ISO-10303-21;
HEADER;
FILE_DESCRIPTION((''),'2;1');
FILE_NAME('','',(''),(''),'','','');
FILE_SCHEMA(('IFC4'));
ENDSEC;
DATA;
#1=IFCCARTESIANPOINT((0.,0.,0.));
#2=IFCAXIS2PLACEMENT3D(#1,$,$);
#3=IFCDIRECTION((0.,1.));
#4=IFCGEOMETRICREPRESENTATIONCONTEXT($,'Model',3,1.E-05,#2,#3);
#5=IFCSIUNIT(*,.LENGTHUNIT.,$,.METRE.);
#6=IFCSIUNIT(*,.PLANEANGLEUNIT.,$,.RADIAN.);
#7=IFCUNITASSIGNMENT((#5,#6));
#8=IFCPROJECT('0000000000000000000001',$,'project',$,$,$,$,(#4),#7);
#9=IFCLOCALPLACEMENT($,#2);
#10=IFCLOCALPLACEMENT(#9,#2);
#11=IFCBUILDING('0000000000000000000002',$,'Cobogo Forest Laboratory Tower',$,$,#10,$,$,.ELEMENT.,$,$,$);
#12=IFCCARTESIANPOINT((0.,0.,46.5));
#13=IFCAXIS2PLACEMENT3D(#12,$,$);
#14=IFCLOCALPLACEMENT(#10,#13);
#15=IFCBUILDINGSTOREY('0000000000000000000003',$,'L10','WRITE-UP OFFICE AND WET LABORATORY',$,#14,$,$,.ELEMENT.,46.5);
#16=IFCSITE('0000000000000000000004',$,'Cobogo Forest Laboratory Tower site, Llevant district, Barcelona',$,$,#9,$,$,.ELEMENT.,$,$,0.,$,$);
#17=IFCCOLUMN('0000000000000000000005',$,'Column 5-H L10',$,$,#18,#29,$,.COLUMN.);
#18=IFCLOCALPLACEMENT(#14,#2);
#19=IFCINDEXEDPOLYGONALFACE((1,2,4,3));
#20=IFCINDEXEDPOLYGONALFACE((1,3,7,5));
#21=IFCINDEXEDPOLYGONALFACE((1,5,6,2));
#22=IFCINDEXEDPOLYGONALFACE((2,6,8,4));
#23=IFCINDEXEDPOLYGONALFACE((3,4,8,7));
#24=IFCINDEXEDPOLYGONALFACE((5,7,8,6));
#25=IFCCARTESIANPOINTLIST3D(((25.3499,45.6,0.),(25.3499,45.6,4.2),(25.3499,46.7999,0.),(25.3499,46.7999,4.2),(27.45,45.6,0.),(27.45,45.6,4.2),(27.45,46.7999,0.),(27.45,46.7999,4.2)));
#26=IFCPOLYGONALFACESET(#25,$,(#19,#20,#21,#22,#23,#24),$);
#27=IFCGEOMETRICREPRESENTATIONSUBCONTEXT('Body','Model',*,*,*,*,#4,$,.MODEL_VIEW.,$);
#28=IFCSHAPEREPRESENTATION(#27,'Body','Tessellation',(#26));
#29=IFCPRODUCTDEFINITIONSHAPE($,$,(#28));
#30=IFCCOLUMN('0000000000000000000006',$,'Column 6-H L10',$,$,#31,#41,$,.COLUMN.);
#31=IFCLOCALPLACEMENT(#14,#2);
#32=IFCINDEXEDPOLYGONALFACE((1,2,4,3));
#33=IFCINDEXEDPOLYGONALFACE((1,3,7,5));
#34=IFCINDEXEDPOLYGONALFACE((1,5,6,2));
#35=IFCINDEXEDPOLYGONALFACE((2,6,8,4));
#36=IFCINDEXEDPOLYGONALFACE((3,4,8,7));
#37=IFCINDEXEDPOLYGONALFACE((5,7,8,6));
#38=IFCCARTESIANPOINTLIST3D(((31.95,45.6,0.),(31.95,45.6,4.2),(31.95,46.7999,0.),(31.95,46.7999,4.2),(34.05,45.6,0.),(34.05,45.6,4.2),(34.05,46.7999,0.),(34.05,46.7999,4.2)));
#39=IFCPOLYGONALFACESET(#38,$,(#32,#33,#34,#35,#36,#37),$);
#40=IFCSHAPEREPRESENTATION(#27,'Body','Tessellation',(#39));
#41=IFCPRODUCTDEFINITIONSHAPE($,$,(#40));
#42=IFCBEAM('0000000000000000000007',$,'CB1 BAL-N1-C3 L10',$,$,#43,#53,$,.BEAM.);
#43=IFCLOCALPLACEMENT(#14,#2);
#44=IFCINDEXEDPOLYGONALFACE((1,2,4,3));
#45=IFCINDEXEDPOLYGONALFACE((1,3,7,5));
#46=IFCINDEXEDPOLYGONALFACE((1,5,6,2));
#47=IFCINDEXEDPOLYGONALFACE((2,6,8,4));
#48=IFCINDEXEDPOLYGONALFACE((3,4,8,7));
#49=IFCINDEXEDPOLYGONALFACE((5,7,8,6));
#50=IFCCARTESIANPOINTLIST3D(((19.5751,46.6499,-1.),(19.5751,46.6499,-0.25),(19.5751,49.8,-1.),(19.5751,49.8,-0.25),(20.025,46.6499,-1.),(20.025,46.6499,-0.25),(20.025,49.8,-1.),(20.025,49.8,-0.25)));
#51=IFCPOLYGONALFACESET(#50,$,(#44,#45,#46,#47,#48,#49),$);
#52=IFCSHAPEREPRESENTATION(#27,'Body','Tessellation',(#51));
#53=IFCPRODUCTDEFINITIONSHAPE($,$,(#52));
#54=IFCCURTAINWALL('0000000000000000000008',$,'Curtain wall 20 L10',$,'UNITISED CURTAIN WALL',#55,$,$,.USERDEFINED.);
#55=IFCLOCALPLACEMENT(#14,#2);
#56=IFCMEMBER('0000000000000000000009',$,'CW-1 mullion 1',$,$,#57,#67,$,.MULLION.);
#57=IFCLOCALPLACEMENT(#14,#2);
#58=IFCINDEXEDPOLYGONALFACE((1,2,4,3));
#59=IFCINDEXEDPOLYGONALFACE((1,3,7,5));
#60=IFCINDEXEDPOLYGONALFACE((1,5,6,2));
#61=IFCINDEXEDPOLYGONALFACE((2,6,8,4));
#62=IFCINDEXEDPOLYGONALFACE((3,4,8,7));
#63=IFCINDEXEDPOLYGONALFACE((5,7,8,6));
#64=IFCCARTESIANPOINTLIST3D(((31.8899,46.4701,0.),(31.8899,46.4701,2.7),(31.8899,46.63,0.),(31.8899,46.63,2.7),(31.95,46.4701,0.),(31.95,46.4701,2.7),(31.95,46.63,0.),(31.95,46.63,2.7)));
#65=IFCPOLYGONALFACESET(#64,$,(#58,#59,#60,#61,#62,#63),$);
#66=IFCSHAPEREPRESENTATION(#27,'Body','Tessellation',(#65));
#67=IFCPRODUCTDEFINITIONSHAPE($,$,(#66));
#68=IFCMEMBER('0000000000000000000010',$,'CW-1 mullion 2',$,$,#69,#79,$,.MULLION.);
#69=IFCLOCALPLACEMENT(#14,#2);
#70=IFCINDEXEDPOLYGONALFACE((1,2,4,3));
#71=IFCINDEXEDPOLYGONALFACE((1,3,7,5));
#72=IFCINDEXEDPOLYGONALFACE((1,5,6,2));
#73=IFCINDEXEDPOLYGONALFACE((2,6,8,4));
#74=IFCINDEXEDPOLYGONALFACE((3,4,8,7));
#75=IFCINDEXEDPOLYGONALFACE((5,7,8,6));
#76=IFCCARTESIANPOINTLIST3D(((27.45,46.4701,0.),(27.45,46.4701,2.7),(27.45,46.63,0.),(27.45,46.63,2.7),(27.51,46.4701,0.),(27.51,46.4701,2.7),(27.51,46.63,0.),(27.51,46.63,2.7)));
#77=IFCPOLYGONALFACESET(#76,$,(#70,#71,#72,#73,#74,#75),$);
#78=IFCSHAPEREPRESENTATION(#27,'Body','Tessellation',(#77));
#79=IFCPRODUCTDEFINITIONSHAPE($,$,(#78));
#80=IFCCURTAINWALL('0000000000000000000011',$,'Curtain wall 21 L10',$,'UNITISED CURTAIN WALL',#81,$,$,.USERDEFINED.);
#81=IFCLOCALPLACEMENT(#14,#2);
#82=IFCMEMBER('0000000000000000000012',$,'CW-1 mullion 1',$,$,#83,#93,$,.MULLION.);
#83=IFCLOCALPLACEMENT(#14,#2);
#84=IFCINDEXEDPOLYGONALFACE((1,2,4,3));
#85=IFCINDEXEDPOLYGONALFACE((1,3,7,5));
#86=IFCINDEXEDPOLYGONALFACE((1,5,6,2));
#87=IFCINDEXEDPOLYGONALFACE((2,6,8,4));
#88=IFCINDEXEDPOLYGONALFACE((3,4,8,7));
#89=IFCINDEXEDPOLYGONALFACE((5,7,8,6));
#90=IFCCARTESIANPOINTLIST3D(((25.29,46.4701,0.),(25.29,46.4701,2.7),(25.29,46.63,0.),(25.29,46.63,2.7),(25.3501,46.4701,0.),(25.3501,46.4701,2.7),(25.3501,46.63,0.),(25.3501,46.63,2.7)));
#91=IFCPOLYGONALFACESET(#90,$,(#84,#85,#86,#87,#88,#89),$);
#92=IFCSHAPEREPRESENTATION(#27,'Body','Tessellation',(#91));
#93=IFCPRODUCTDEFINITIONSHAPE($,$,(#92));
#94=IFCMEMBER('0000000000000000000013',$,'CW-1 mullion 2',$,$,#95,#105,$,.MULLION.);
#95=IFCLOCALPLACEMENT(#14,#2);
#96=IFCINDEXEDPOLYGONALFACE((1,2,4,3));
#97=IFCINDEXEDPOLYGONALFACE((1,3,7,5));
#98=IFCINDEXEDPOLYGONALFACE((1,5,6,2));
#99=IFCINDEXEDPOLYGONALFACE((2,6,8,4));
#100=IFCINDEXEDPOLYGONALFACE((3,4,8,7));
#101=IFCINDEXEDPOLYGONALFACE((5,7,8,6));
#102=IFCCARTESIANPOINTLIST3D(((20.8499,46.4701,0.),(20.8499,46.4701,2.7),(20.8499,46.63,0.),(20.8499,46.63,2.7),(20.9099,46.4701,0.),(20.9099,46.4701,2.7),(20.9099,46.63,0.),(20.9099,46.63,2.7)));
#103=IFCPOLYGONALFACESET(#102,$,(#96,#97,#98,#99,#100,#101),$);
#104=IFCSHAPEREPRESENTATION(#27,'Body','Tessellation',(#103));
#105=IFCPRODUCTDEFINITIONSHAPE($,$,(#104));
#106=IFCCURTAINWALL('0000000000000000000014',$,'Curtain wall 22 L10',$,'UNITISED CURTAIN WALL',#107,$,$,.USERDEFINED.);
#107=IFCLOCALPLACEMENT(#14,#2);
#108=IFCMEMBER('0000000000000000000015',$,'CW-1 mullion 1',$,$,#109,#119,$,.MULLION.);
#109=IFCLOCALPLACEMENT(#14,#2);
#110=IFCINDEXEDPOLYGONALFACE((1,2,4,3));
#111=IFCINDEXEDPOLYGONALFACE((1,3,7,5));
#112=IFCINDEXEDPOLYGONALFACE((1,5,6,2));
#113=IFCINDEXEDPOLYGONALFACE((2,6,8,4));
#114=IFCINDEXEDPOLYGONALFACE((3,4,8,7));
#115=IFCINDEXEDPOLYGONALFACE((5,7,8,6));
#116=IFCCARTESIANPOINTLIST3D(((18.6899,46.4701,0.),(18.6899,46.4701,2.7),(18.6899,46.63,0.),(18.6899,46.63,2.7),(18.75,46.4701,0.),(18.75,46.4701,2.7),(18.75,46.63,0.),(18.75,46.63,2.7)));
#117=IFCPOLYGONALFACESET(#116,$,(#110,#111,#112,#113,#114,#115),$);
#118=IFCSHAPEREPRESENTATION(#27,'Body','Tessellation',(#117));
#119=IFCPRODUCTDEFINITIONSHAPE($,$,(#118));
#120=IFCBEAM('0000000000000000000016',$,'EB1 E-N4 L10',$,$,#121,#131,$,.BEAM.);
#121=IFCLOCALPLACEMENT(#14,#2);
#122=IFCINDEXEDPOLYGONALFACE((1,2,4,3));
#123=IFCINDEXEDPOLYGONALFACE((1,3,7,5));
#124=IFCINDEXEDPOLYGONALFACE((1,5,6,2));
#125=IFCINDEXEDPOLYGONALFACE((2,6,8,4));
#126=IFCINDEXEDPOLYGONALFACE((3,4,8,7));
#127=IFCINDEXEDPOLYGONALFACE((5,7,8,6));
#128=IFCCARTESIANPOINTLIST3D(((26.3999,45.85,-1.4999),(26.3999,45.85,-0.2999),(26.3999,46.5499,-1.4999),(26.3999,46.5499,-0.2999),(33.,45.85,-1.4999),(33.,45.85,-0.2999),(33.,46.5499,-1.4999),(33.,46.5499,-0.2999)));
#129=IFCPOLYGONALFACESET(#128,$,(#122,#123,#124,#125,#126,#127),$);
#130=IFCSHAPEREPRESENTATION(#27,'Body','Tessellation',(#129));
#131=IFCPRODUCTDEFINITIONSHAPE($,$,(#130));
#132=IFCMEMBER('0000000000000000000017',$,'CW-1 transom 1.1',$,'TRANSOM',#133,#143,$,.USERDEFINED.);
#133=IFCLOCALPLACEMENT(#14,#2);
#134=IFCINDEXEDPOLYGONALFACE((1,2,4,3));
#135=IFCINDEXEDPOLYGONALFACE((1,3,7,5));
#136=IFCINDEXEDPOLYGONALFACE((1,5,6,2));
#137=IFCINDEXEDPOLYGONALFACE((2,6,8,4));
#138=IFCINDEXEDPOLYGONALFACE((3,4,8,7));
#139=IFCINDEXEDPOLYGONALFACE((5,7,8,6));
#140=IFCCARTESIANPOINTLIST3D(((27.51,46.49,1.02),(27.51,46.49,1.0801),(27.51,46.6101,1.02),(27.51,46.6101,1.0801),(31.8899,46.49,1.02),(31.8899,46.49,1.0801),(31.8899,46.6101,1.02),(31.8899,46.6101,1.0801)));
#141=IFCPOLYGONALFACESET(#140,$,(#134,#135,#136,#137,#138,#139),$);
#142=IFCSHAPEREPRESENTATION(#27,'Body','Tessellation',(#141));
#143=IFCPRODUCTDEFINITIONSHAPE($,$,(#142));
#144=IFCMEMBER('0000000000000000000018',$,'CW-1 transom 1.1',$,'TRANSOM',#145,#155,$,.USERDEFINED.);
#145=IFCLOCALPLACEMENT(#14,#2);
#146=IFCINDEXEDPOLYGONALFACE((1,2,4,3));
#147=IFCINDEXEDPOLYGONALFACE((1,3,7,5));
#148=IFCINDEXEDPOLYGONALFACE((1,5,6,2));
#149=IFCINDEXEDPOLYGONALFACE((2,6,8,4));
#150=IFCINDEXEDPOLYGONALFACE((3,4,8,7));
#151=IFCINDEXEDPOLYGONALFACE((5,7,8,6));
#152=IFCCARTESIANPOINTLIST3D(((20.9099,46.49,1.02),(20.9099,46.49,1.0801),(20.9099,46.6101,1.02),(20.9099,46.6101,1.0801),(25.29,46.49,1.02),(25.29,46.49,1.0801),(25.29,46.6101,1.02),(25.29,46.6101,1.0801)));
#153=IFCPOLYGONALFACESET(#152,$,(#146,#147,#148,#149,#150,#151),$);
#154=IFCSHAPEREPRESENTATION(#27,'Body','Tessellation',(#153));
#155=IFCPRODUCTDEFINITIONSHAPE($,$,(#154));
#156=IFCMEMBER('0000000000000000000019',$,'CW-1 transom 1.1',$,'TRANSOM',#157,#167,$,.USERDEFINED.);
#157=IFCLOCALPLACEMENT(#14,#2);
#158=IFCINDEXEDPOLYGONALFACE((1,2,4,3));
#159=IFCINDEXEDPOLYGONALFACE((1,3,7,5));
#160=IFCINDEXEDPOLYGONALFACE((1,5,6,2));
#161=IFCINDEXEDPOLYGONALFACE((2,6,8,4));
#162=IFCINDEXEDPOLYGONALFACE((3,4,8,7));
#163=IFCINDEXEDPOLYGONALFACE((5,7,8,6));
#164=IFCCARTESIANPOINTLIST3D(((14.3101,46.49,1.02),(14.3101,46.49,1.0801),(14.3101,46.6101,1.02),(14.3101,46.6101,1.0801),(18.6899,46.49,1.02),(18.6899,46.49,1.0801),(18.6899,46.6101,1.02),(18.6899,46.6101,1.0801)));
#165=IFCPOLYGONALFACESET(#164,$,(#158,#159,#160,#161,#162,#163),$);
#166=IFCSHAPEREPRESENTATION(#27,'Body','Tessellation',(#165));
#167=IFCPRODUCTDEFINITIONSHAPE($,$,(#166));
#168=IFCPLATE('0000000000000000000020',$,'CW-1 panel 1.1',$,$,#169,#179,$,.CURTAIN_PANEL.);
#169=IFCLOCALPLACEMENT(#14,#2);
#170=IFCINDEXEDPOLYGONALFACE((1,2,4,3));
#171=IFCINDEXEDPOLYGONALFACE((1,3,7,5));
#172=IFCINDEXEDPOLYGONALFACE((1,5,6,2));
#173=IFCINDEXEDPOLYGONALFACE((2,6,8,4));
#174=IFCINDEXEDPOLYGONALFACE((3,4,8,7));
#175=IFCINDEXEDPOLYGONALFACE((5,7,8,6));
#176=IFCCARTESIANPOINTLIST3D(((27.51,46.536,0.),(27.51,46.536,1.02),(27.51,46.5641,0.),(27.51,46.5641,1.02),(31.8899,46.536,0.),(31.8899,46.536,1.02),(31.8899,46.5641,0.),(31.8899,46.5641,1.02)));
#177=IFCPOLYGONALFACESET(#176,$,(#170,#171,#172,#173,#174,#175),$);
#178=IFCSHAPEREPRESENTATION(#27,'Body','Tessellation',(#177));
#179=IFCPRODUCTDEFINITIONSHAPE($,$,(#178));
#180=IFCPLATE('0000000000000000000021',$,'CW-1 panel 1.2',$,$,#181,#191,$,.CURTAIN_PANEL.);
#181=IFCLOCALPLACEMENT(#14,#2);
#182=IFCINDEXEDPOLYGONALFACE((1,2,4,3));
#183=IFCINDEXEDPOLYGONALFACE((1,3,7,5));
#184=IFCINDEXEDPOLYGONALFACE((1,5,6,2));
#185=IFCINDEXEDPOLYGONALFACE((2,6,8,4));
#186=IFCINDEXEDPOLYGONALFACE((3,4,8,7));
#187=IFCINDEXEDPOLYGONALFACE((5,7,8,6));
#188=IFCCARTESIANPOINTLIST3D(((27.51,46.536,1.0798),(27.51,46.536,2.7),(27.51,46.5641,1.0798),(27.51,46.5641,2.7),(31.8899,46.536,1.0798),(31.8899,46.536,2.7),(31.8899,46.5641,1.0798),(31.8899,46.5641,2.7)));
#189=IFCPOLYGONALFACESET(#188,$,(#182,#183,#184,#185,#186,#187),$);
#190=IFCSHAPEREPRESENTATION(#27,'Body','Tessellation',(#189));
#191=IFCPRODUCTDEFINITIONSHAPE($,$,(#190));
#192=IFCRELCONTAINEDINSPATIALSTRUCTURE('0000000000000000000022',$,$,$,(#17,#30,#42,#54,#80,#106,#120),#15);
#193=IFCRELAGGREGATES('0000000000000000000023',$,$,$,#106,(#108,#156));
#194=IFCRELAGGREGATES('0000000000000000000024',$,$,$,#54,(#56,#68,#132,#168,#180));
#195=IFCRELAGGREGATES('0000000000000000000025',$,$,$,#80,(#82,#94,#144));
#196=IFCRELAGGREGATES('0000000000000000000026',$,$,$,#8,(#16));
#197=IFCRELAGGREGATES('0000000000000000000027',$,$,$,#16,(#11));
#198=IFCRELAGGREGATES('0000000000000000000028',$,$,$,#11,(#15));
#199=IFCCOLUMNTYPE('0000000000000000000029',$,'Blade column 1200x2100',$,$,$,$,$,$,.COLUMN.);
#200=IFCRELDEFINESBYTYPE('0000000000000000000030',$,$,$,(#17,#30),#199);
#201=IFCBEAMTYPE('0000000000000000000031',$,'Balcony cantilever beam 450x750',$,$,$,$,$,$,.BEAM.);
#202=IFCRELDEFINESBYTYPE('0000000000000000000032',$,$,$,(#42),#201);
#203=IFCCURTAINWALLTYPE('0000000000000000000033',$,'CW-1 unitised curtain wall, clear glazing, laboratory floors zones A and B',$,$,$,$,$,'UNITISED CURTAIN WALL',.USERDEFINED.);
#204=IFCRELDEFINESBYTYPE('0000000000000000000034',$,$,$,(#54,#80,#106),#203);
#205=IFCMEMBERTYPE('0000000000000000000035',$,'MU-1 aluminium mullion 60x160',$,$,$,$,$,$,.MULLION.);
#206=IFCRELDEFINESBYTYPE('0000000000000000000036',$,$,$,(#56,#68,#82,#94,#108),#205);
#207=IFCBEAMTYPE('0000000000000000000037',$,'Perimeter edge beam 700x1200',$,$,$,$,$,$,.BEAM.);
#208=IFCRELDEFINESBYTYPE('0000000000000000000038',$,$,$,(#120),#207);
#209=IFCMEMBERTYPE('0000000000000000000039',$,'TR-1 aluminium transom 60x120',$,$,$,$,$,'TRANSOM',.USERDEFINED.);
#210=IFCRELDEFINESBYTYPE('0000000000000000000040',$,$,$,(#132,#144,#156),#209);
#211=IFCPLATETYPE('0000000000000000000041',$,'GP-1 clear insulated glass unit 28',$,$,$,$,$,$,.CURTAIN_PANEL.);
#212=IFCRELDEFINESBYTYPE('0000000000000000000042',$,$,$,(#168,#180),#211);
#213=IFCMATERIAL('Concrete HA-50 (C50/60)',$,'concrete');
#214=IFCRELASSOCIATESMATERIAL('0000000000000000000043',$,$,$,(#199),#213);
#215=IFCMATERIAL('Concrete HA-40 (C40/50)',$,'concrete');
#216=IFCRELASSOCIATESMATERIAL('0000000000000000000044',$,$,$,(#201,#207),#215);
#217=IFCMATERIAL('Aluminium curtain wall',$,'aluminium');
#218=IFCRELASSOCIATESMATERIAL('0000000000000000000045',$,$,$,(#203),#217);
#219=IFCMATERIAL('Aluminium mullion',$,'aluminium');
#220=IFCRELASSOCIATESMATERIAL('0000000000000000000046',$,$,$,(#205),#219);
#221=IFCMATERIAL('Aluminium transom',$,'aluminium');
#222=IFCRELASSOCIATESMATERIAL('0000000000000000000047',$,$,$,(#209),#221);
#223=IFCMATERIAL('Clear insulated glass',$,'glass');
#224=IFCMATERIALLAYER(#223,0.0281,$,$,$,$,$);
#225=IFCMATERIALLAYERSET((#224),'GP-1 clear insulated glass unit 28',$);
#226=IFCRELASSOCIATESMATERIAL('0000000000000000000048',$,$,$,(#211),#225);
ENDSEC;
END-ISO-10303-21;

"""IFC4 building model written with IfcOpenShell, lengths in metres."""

from ifc_helpers import new_model, si_unit, direction, frame, origin, origin_2d, place, context, subcontext, project, spatial, rectangle, extrude, material, layer, layer_set, material_profile, profile_set, type_object, element, aggregate, save


model = new_model("IFC4")

# Units and contexts
model_context = context("Model", 3, precision=1e-05, world=origin(), true_north=direction((0.0, 1.0)))
body_context = subcontext(model_context, "Body", "Model", "MODEL_VIEW")
ifc_project = project(units=[si_unit("LENGTHUNIT", "METRE"), si_unit("PLANEANGLEUNIT", "RADIAN")], contexts=[model_context])

# Site, building, storey
site_placement = place(None, origin())
site = spatial("IfcSite", under=ifc_project, at=site_placement, Name="Cobogo Forest Laboratory Tower site, Llevant district, Barcelona", CompositionType="ELEMENT", RefElevation=0.0)
building_placement = place(site_placement, origin())
building = spatial("IfcBuilding", under=site, at=building_placement, Name="Cobogo Forest Laboratory Tower", CompositionType="ELEMENT")
storey_placement = place(building_placement, frame((0.0, 0.0, 46.5)))
storey = spatial("IfcBuildingStorey", under=building, at=storey_placement, Name="L10", Description="WRITE-UP OFFICE AND WET LABORATORY", CompositionType="ELEMENT", Elevation=46.5)

# Columns
ifc_material_1 = material(Name="Concrete HA-50 (C50/60)", Category="concrete")
ifc_material_profile_1 = material_profile(ifc_material_1, rectangle(XDim=2.1001, YDim=1.2, at=origin_2d()), Name="RC 1200x2100")
ifc_profile_set_1 = profile_set([ifc_material_profile_1], Name="Concrete HA-50 (C50/60)")
column_type = type_object("IfcColumnType", Name="Blade column 1200x2100", PredefinedType="COLUMN", material=ifc_profile_set_1)
for number, where, z_axis, x_axis, name in (
    (1, (26.3999, 46.2, 0.0), (0.0, 0.0, 1.0), (1.0, 0.0, 0.0), "Column 5-H L10"),
    (2, (33.0, 46.2, 0.0), (0.0, 0.0, 1.0), (1.0, 0.0, 0.0), "Column 6-H L10"),
):
    element("IfcColumn", number, at=place(storey_placement, frame(where, z_axis=z_axis, x_axis=x_axis)), inside=storey, type_object=column_type, Name=name, PredefinedType="COLUMN", context=body_context, shape_type="SweptSolid", body=[
        extrude(rectangle(XDim=2.1001, YDim=1.2, at=origin_2d()), origin(), (0.0, 0.0, 1.0), 4.2),
    ])

# Beam
ifc_material_2 = material(Name="Concrete HA-40 (C40/50)", Category="concrete")
ifc_material_profile_2 = material_profile(ifc_material_2, rectangle(XDim=0.45, YDim=0.75, at=origin_2d()), Name="RC 450x750")
ifc_profile_set_2 = profile_set([ifc_material_profile_2], Name="Concrete HA-40 (C40/50)")
beam_type_1 = type_object("IfcBeamType", Name="Balcony cantilever beam 450x750", PredefinedType="BEAM", material=ifc_profile_set_2)
beam_1_placement = place(storey_placement, frame((19.8, 46.6499, -0.625), z_axis=(0.0, 1.0, 0.0), x_axis=(-1.0, 0.0, 0.0)))
element("IfcBeam", 3, at=beam_1_placement, inside=storey, type_object=beam_type_1, Name="CB1 BAL-N1-C3 L10", PredefinedType="BEAM", context=body_context, shape_type="SweptSolid", body=[
    extrude(rectangle(XDim=0.45, YDim=0.75, at=origin_2d()), origin(), (0.0, 0.0, 1.0), 3.1501),
])

# Curtain walls, members
ifc_material_3 = material(Name="Aluminium curtain wall", Category="aluminium")
curtain_wall_type = type_object("IfcCurtainWallType", Name="CW-1 unitised curtain wall, clear glazing, laboratory floors zones A and B", ElementType="UNITISED CURTAIN WALL", PredefinedType="USERDEFINED", material=ifc_material_3)
curtain_wall_1_placement = place(storey_placement, origin())
curtain_wall_1 = element("IfcCurtainWall", 4, at=curtain_wall_1_placement, inside=storey, type_object=curtain_wall_type, Name="Curtain wall 20 L10", ObjectType="UNITISED CURTAIN WALL", PredefinedType="USERDEFINED")
ifc_material_4 = material(Name="Aluminium mullion", Category="aluminium")
ifc_material_profile_3 = material_profile(ifc_material_4, rectangle(XDim=0.0601, YDim=0.1599, at=origin_2d()), Name="AL 60x160")
ifc_profile_set_3 = profile_set([ifc_material_profile_3], Name="Aluminium mullion")
member_type_1 = type_object("IfcMemberType", Name="MU-1 aluminium mullion 60x160", PredefinedType="MULLION", material=ifc_profile_set_3)
member_1_placement = place(storey_placement, frame((31.9199, 46.55, 0.0), z_axis=(0.0, 0.0, 1.0), x_axis=(-1.0, 0.0, 0.0)))
member_1 = element("IfcMember", 5, at=member_1_placement, type_object=member_type_1, Name="CW-1 mullion 1", PredefinedType="MULLION", context=body_context, shape_type="SweptSolid", body=[
    extrude(rectangle(XDim=0.0601, YDim=0.1599, at=origin_2d()), origin(), (0.0, 0.0, 1.0), 2.7),
])
member_2_placement = place(storey_placement, frame((27.48, 46.55, 0.0), z_axis=(0.0, 0.0, 1.0), x_axis=(-1.0, 0.0, 0.0)))
member_2 = element("IfcMember", 6, at=member_2_placement, type_object=member_type_1, Name="CW-1 mullion 2", PredefinedType="MULLION", context=body_context, shape_type="SweptSolid", body=[
    extrude(rectangle(XDim=0.0601, YDim=0.1599, at=origin_2d()), origin(), (0.0, 0.0, 1.0), 2.7),
])
curtain_wall_2_placement = place(storey_placement, origin())
curtain_wall_2 = element("IfcCurtainWall", 7, at=curtain_wall_2_placement, inside=storey, type_object=curtain_wall_type, Name="Curtain wall 21 L10", ObjectType="UNITISED CURTAIN WALL", PredefinedType="USERDEFINED")
member_3_placement = place(storey_placement, frame((25.3201, 46.55, 0.0), z_axis=(0.0, 0.0, 1.0), x_axis=(-1.0, 0.0, 0.0)))
member_3 = element("IfcMember", 8, at=member_3_placement, type_object=member_type_1, Name="CW-1 mullion 1", PredefinedType="MULLION", context=body_context, shape_type="SweptSolid", body=[
    extrude(rectangle(XDim=0.0601, YDim=0.1599, at=origin_2d()), origin(), (0.0, 0.0, 1.0), 2.7),
])
member_4_placement = place(storey_placement, frame((20.8799, 46.55, 0.0), z_axis=(0.0, 0.0, 1.0), x_axis=(-1.0, 0.0, 0.0)))
member_4 = element("IfcMember", 9, at=member_4_placement, type_object=member_type_1, Name="CW-1 mullion 2", PredefinedType="MULLION", context=body_context, shape_type="SweptSolid", body=[
    extrude(rectangle(XDim=0.0601, YDim=0.1599, at=origin_2d()), origin(), (0.0, 0.0, 1.0), 2.7),
])

# Curtain wall, member
curtain_wall_3_placement = place(storey_placement, origin())
curtain_wall_3 = element("IfcCurtainWall", 10, at=curtain_wall_3_placement, inside=storey, type_object=curtain_wall_type, Name="Curtain wall 22 L10", ObjectType="UNITISED CURTAIN WALL", PredefinedType="USERDEFINED")
member_5_placement = place(storey_placement, frame((18.72, 46.55, 0.0), z_axis=(0.0, 0.0, 1.0), x_axis=(-1.0, 0.0, 0.0)))
member_5 = element("IfcMember", 11, at=member_5_placement, type_object=member_type_1, Name="CW-1 mullion 1", PredefinedType="MULLION", context=body_context, shape_type="SweptSolid", body=[
    extrude(rectangle(XDim=0.0601, YDim=0.1599, at=origin_2d()), origin(), (0.0, 0.0, 1.0), 2.7),
])

# Beam
ifc_material_profile_4 = material_profile(ifc_material_2, rectangle(XDim=0.7, YDim=1.2, at=origin_2d()), Name="RC 700x1200")
ifc_profile_set_4 = profile_set([ifc_material_profile_4], Name="Concrete HA-40 (C40/50)")
beam_type_2 = type_object("IfcBeamType", Name="Perimeter edge beam 700x1200", PredefinedType="BEAM", material=ifc_profile_set_4)
beam_2_placement = place(storey_placement, frame((26.3999, 46.2, -0.8999), z_axis=(1.0, 0.0, 0.0), x_axis=(0.0, 1.0, 0.0)))
element("IfcBeam", 12, at=beam_2_placement, inside=storey, type_object=beam_type_2, Name="EB1 E-N4 L10", PredefinedType="BEAM", context=body_context, shape_type="SweptSolid", body=[
    extrude(rectangle(XDim=0.7, YDim=1.2, at=origin_2d()), origin(), (0.0, 0.0, 1.0), 6.6001),
])

# Members
ifc_material_5 = material(Name="Aluminium transom", Category="aluminium")
ifc_material_profile_5 = material_profile(ifc_material_5, rectangle(XDim=0.1201, YDim=0.0601, at=origin_2d()), Name="AL 60x120")
ifc_profile_set_5 = profile_set([ifc_material_profile_5], Name="Aluminium transom")
member_type_2 = type_object("IfcMemberType", Name="TR-1 aluminium transom 60x120", ElementType="TRANSOM", PredefinedType="USERDEFINED", material=ifc_profile_set_5)
member_6_placement = place(storey_placement, frame((31.8899, 46.55, 1.05), z_axis=(-1.0, 0.0, 0.0), x_axis=(0.0, -1.0, 0.0)))
member_6 = element("IfcMember", 13, at=member_6_placement, type_object=member_type_2, Name="CW-1 transom 1.1", ObjectType="TRANSOM", PredefinedType="USERDEFINED", context=body_context, shape_type="SweptSolid", body=[
    extrude(rectangle(XDim=0.1201, YDim=0.0601, at=origin_2d()), origin(), (0.0, 0.0, 1.0), 4.3799),
])
member_7_placement = place(storey_placement, frame((25.29, 46.55, 1.05), z_axis=(-1.0, 0.0, 0.0), x_axis=(0.0, -1.0, 0.0)))
member_7 = element("IfcMember", 14, at=member_7_placement, type_object=member_type_2, Name="CW-1 transom 1.1", ObjectType="TRANSOM", PredefinedType="USERDEFINED", context=body_context, shape_type="SweptSolid", body=[
    extrude(rectangle(XDim=0.1201, YDim=0.0601, at=origin_2d()), origin(), (0.0, 0.0, 1.0), 4.3801),
])
member_8_placement = place(storey_placement, frame((18.6899, 46.55, 1.05), z_axis=(-1.0, 0.0, 0.0), x_axis=(0.0, -1.0, 0.0)))
member_8 = element("IfcMember", 15, at=member_8_placement, type_object=member_type_2, Name="CW-1 transom 1.1", ObjectType="TRANSOM", PredefinedType="USERDEFINED", context=body_context, shape_type="SweptSolid", body=[
    extrude(rectangle(XDim=0.1201, YDim=0.0601, at=origin_2d()), origin(), (0.0, 0.0, 1.0), 4.3799),
])
aggregate(curtain_wall_3, [member_5, member_8])

# Plates
ifc_material_6 = material(Name="Clear insulated glass", Category="glass")
ifc_layer = layer(ifc_material_6, 0.0281)
ifc_layer_set = layer_set([ifc_layer], Name="GP-1 clear insulated glass unit 28")
plate_type_1 = type_object("IfcPlateType", Name="GP-1 clear insulated glass unit 28", PredefinedType="CURTAIN_PANEL", material=ifc_layer_set)
plate_1_placement = place(storey_placement, frame((29.7, 46.55, 0.0), z_axis=(0.0, 0.0, 1.0), x_axis=(-1.0, 0.0, 0.0)))
plate_1 = element("IfcPlate", 16, at=plate_1_placement, type_object=plate_type_1, Name="CW-1 panel 1.1", PredefinedType="CURTAIN_PANEL", context=body_context, shape_type="SweptSolid", body=[
    extrude(rectangle(XDim=4.3799, YDim=0.0281, at=origin_2d()), origin(), (0.0, 0.0, 1.0), 1.02),
])
plate_2_placement = place(storey_placement, frame((29.7, 46.55, 1.0798), z_axis=(0.0, 0.0, 1.0), x_axis=(-1.0, 0.0, 0.0)))
plate_2 = element("IfcPlate", 17, at=plate_2_placement, type_object=plate_type_1, Name="CW-1 panel 1.2", PredefinedType="CURTAIN_PANEL", context=body_context, shape_type="SweptSolid", body=[
    extrude(rectangle(XDim=4.3799, YDim=0.0281, at=origin_2d()), origin(), (0.0, 0.0, 1.0), 1.6201),
])
aggregate(curtain_wall_1, [member_1, member_2, member_6, plate_1, plate_2])
aggregate(curtain_wall_2, [member_3, member_4, member_7])

save(model, "model.ifc")
